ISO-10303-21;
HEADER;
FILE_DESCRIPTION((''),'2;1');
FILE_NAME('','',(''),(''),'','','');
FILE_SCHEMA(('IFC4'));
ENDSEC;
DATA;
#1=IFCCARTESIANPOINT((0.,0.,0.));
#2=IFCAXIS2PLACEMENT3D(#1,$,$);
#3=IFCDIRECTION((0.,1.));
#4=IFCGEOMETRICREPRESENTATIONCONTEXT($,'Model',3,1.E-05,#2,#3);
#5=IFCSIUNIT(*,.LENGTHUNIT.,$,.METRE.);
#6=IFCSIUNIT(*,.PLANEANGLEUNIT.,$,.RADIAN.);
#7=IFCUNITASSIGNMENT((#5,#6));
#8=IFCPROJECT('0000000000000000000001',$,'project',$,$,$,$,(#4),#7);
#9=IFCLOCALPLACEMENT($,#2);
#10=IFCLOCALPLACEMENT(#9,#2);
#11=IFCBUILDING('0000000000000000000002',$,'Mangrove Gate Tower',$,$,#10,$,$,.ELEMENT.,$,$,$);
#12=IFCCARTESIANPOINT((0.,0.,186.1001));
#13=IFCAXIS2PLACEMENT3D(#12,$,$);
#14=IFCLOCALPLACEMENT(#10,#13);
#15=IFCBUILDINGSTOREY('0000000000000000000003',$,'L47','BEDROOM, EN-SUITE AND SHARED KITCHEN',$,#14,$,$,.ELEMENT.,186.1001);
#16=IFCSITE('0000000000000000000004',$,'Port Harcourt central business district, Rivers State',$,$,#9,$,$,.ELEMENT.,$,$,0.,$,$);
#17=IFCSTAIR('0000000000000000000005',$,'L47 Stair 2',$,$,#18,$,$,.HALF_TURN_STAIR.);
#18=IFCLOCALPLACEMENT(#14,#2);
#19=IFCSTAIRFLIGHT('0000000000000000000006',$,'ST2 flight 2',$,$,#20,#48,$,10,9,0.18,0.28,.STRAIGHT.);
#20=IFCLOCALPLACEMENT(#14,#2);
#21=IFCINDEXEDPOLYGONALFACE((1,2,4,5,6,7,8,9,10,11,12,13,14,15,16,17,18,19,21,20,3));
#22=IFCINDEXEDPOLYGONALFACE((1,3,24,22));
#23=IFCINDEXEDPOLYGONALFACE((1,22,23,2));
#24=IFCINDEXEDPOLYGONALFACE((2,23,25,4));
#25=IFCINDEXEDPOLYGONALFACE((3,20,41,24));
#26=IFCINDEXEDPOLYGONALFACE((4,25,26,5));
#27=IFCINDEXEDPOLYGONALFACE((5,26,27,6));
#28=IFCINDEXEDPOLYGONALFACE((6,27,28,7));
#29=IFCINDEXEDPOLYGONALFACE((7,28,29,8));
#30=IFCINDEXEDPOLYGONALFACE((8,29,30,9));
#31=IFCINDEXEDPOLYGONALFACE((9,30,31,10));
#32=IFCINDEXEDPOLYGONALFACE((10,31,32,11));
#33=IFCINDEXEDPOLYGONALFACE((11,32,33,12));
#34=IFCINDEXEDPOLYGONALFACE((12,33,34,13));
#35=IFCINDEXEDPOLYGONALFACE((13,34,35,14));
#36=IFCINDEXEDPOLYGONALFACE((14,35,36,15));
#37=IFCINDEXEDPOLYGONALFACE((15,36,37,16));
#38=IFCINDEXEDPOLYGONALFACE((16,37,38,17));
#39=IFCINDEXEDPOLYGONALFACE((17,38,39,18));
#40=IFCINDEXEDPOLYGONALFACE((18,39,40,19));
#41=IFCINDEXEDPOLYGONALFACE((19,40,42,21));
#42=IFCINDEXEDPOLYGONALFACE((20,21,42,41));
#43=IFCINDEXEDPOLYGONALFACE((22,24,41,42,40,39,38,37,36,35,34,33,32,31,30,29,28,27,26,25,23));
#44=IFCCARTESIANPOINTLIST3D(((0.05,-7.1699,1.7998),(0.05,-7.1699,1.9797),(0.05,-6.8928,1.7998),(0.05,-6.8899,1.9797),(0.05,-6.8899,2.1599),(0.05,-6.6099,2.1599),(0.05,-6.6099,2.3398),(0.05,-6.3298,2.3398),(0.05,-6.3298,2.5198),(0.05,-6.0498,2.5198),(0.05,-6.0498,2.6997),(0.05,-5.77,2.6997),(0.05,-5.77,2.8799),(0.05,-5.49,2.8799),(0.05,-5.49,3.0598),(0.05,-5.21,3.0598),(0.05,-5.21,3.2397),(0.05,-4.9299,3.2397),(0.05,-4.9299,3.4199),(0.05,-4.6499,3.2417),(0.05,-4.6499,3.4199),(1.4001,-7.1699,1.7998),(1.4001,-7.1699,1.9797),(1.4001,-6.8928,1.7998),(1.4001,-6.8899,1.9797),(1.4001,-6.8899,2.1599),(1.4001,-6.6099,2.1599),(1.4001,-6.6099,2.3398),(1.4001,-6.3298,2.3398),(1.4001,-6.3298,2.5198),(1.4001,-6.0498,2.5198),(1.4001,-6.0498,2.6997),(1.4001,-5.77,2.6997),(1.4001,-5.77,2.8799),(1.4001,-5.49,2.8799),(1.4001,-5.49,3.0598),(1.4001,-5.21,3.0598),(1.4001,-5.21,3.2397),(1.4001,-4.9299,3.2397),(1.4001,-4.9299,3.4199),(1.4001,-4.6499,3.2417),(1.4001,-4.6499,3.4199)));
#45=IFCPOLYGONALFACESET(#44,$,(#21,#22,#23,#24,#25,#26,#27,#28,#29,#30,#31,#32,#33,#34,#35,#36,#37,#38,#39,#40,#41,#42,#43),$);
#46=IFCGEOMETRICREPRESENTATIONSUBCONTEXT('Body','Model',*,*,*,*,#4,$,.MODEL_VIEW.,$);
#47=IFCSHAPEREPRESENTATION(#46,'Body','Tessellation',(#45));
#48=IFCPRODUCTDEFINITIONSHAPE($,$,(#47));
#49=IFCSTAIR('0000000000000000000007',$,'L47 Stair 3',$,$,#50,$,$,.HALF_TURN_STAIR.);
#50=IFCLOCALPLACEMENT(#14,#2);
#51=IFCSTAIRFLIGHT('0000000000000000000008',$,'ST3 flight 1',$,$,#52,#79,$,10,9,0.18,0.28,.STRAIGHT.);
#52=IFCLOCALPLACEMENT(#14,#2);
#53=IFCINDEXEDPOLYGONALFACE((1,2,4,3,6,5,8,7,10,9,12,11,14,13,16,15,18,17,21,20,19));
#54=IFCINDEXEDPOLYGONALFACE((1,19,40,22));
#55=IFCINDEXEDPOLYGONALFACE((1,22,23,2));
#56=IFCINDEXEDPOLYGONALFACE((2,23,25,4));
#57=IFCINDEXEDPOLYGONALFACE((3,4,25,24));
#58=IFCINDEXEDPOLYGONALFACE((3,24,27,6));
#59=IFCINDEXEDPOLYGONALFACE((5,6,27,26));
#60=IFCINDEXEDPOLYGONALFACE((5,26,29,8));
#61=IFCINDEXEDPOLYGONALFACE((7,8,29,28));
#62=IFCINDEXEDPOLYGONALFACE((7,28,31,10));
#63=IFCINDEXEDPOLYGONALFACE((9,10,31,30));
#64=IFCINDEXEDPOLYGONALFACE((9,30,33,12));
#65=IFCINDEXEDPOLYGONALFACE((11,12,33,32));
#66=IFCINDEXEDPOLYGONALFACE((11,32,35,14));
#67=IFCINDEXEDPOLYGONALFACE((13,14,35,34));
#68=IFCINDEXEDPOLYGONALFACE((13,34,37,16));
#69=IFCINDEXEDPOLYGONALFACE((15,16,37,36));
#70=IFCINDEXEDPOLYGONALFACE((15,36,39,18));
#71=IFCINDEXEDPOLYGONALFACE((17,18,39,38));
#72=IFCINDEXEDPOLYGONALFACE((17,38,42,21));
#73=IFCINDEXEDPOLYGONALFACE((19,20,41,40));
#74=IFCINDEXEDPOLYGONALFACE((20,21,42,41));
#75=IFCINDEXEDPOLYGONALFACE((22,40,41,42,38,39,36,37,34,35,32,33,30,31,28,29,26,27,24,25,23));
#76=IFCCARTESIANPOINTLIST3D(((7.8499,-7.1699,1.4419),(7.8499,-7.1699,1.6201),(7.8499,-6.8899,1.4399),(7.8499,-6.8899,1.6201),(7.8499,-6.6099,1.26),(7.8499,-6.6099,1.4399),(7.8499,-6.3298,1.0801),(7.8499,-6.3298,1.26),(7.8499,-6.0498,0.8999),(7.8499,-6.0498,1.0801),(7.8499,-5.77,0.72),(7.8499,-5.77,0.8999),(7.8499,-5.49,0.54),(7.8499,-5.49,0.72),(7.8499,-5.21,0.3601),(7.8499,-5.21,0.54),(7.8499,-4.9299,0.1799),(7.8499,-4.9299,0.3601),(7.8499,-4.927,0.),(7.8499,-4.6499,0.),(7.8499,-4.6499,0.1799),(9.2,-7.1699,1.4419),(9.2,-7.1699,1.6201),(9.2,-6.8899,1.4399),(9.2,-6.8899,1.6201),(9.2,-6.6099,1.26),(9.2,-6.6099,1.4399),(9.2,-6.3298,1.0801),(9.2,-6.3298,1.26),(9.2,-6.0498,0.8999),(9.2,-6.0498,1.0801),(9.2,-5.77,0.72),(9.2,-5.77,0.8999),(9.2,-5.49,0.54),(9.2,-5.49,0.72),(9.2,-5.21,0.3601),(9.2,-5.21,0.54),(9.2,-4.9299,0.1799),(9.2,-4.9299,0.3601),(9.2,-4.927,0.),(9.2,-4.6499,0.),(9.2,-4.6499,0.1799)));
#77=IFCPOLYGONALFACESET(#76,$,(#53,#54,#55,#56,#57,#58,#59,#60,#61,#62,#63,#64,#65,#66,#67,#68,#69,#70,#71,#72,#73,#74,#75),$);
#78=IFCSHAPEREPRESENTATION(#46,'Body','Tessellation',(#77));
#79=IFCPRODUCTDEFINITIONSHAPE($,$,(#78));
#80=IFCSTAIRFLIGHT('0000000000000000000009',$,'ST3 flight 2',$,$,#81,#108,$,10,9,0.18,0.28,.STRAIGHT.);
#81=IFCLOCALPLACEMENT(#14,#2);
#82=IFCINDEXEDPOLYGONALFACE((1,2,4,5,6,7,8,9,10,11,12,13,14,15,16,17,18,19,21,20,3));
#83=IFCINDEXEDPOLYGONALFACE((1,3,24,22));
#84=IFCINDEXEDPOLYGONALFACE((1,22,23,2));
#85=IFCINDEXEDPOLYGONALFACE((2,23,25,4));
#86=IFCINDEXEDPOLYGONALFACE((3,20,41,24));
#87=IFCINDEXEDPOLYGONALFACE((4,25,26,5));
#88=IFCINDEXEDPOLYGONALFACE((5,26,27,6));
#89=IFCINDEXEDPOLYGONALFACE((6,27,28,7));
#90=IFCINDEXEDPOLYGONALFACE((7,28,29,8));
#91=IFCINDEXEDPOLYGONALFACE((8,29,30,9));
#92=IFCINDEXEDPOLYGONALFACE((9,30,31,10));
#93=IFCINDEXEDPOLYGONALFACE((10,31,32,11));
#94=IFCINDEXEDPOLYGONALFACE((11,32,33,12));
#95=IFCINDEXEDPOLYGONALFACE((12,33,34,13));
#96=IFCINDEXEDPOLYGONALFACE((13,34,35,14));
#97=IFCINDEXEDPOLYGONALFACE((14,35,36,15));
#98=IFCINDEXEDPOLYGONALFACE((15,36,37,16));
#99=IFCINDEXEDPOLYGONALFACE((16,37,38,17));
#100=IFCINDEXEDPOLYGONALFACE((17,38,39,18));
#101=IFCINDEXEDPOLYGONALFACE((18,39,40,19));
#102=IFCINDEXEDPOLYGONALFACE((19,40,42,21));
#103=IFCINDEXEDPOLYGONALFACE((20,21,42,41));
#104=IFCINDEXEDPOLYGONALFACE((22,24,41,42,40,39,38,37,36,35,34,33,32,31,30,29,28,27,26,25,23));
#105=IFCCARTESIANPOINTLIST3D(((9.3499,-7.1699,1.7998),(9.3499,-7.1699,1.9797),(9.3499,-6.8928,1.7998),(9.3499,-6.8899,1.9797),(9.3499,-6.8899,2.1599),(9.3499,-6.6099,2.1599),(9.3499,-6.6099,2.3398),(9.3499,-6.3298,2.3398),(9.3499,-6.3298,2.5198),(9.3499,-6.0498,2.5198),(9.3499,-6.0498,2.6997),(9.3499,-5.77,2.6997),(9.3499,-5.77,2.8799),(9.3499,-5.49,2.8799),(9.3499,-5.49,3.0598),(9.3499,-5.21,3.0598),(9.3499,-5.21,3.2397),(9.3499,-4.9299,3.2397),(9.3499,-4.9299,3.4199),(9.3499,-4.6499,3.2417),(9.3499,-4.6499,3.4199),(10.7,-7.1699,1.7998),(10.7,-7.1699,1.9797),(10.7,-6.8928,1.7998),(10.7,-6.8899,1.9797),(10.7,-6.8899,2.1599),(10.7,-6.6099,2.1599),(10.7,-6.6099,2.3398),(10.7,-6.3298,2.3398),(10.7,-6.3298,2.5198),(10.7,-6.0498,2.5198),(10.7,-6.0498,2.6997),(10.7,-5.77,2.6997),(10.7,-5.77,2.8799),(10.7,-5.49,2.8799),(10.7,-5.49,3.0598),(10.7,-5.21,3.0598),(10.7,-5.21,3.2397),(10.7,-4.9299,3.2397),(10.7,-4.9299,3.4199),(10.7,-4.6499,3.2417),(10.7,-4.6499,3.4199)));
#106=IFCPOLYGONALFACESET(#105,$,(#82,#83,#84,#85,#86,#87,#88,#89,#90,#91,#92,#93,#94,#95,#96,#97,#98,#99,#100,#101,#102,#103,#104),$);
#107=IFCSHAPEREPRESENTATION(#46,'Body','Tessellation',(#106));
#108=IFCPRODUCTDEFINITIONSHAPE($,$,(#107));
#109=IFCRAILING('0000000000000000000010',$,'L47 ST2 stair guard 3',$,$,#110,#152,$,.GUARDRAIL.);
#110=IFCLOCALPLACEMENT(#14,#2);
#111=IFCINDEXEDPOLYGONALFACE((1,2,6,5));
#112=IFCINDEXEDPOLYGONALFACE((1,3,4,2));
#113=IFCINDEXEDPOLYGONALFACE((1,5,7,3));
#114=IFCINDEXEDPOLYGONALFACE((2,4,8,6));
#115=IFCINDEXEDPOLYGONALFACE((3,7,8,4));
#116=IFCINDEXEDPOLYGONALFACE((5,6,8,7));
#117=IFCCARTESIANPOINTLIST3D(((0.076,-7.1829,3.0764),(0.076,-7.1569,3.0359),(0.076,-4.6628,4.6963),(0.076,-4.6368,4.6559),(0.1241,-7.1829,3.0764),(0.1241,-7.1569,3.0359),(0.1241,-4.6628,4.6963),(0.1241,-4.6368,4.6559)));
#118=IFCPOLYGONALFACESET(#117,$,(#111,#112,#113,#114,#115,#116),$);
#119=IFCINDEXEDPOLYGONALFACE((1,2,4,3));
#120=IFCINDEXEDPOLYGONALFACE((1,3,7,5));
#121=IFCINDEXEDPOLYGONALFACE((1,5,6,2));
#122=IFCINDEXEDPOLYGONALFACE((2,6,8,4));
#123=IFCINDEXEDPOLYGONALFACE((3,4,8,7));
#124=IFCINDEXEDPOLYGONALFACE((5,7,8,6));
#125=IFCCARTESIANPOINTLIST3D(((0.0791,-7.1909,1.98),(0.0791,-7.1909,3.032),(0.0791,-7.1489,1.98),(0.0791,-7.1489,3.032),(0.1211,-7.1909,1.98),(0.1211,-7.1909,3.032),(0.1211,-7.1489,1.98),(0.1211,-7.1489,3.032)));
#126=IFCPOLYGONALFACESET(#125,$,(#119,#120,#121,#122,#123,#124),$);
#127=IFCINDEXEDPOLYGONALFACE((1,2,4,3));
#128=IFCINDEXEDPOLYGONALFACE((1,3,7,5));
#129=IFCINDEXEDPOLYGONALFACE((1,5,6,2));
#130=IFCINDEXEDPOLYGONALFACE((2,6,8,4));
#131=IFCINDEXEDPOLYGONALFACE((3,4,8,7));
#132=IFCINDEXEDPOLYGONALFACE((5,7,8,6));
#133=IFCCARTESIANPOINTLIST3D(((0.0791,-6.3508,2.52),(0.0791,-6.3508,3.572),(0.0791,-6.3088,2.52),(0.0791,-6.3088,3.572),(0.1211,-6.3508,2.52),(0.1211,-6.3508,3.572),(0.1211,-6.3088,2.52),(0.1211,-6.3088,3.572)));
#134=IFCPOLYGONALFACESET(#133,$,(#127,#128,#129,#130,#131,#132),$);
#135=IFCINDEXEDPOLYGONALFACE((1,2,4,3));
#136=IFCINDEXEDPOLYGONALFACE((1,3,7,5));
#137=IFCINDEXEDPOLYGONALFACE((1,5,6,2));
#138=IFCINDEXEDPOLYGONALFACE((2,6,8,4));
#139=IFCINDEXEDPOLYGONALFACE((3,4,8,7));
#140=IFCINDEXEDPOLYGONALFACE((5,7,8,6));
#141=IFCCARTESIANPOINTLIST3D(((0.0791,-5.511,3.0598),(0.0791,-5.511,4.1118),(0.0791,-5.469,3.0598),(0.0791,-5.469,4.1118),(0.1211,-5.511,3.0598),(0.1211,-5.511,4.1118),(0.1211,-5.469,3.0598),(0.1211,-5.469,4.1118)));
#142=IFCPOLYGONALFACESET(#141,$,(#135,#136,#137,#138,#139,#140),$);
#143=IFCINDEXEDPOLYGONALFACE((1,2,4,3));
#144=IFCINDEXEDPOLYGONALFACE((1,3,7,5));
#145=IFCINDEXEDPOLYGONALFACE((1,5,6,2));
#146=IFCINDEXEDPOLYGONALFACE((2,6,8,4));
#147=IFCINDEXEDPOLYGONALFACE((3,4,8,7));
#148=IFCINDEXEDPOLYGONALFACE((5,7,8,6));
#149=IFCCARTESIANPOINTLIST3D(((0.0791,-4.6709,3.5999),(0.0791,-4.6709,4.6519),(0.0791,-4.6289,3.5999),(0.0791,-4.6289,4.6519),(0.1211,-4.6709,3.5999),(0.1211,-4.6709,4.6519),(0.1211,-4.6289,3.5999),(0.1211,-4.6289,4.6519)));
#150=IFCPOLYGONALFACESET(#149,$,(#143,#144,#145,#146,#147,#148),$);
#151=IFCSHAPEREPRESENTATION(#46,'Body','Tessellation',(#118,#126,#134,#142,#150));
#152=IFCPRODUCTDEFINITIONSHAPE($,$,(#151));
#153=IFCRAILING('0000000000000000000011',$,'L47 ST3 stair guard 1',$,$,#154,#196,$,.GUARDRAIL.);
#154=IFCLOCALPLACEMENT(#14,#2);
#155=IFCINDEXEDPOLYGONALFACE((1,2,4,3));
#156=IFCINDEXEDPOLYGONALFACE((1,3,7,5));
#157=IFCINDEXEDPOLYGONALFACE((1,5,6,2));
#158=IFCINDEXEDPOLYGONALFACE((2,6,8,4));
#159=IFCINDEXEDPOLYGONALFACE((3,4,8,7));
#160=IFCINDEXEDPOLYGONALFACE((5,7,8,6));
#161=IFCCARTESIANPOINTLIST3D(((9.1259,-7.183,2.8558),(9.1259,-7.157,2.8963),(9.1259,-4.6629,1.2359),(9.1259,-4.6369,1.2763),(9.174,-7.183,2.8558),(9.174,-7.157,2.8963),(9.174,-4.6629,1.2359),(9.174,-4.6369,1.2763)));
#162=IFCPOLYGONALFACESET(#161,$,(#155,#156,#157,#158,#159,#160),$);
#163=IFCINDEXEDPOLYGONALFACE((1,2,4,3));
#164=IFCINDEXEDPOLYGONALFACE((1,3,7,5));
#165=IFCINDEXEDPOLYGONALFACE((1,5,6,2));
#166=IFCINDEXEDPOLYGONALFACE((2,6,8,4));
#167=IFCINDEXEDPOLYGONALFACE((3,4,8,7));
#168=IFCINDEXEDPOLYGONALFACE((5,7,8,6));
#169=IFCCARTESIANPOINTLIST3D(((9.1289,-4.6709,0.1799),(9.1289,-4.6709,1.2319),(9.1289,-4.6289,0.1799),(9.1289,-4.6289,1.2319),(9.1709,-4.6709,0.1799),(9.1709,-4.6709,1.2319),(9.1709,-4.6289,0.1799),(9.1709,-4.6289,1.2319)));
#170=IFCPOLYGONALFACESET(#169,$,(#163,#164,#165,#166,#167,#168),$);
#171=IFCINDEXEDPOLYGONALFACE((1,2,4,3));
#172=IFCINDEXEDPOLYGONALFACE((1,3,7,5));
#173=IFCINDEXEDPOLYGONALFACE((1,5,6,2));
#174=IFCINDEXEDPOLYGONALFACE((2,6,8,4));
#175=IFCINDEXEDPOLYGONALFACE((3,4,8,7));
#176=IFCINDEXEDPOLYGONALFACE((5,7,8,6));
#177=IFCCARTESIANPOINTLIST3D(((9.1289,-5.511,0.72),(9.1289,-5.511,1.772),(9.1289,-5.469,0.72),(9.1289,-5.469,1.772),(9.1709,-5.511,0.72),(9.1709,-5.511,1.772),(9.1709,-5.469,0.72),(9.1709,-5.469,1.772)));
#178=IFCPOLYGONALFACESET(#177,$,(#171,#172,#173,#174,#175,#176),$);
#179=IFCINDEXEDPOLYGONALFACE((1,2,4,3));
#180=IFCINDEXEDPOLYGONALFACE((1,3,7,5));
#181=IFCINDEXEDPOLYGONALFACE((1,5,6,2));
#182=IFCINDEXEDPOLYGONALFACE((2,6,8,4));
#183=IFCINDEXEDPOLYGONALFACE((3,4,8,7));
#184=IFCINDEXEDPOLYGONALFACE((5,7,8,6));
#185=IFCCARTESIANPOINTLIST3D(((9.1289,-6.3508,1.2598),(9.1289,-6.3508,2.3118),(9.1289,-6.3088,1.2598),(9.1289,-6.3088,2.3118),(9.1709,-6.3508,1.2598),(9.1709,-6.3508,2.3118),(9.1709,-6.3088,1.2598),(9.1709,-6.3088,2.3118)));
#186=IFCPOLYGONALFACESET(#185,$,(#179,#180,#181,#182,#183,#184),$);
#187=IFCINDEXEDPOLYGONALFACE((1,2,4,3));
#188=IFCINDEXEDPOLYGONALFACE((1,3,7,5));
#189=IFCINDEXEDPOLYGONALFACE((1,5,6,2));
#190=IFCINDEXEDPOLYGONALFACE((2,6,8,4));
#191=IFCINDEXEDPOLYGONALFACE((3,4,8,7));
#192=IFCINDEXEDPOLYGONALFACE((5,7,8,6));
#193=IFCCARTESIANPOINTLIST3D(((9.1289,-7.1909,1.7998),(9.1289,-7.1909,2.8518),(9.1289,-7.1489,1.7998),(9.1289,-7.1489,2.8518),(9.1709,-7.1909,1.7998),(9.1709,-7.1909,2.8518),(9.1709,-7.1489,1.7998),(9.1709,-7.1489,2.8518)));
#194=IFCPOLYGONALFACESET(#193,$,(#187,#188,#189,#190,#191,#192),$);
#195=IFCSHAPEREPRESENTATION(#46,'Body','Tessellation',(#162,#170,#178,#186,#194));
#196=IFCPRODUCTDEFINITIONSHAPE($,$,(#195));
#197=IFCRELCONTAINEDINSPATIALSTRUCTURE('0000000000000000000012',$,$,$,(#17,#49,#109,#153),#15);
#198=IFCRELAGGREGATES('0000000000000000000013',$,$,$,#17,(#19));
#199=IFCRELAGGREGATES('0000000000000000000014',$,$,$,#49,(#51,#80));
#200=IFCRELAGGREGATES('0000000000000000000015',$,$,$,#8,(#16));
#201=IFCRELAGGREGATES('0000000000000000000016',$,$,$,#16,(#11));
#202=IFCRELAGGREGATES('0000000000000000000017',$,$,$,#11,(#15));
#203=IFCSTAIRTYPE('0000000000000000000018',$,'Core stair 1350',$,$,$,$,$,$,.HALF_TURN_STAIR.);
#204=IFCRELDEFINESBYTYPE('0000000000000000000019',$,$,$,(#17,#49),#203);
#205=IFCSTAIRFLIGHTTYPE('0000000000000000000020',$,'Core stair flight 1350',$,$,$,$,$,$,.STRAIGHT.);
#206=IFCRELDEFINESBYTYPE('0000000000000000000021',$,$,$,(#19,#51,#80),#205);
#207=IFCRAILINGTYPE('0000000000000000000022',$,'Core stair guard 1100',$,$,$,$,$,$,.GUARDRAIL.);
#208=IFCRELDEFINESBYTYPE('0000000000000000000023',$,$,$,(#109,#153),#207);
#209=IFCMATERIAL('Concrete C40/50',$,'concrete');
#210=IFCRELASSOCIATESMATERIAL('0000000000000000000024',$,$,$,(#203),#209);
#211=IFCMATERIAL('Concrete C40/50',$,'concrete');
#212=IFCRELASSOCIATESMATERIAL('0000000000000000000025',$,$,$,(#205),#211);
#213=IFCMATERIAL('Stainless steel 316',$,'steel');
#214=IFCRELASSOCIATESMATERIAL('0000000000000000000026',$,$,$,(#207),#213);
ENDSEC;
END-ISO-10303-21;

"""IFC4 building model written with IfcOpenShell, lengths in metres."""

from ifc_helpers import new_model, si_unit, direction, frame, origin, origin_2d, place, context, subcontext, project, spatial, polyline, rectangle, outline, extrude, material, type_object, element, aggregate, save


model = new_model("IFC4")

# Units and contexts
model_context = context("Model", 3, precision=1e-05, world=origin(), true_north=direction((0.0, 1.0)))
body_context = subcontext(model_context, "Body", "Model", "MODEL_VIEW")
ifc_project = project(units=[si_unit("LENGTHUNIT", "METRE"), si_unit("PLANEANGLEUNIT", "RADIAN")], contexts=[model_context])

# Site, building, storey
site_placement = place(None, origin())
site = spatial("IfcSite", under=ifc_project, at=site_placement, Name="Port Harcourt central business district, Rivers State", CompositionType="ELEMENT", RefElevation=0.0)
building_placement = place(site_placement, origin())
building = spatial("IfcBuilding", under=site, at=building_placement, Name="Mangrove Gate Tower", CompositionType="ELEMENT")
storey_placement = place(building_placement, frame((0.0, 0.0, 186.1001)))
storey = spatial("IfcBuildingStorey", under=building, at=storey_placement, Name="L47", Description="BEDROOM, EN-SUITE AND SHARED KITCHEN", CompositionType="ELEMENT", Elevation=186.1001)

# Stair, stair flight
ifc_material_1 = material(Name="Concrete C40/50", Category="concrete")
stair_type = type_object("IfcStairType", Name="Core stair 1350", PredefinedType="HALF_TURN_STAIR", material=ifc_material_1)
stair_1_placement = place(storey_placement, origin())
stair_1 = element("IfcStair", 1, at=stair_1_placement, inside=storey, type_object=stair_type, Name="L47 Stair 2", PredefinedType="HALF_TURN_STAIR")
ifc_material_2 = material(Name="Concrete C40/50", Category="concrete")
stair_flight_type = type_object("IfcStairFlightType", Name="Core stair flight 1350", PredefinedType="STRAIGHT", material=ifc_material_2)
stair_flight_1_placement = place(storey_placement, frame((0.7251, -7.1699, 1.7998), z_axis=(0.0, 0.0, 1.0), x_axis=(0.0, 1.0, 0.0)))
stair_flight_1 = element("IfcStairFlight", 2, at=stair_flight_1_placement, type_object=stair_flight_type, Name="ST2 flight 2", NumberOfRisers=10, NumberOfTreads=9, PredefinedType="STRAIGHT", RiserHeight=0.18, TreadLength=0.28, context=body_context, shape_type="SweptSolid", body=[
    extrude(outline(polyline([(0.0, 0.0), (0.0, 0.1799), (0.28, 0.1799), (0.28, 0.3601), (0.5601, 0.3601), (0.5601, 0.54), (0.8401, 0.54), (0.8401, 0.72), (1.1201, 0.72), (1.1201, 0.8999), (1.3999, 0.8999), (1.3999, 1.0801), (1.6799, 1.0801), (1.6799, 1.26), (1.96, 1.26), (1.96, 1.4399), (2.24, 1.4399), (2.24, 1.6201), (2.52, 1.6201), (2.52, 1.8), (2.52, 1.4419), (0.2771, 0.0), (0.0, 0.0)])), frame((0.0, 0.675, 0.0), z_axis=(0.0, -1.0, 0.0), x_axis=(1.0, 0.0, 0.0)), (0.0, 0.0, 1.0), 1.3501),
])
aggregate(stair_1, [stair_flight_1])

# Stair, stair flights
stair_2_placement = place(storey_placement, origin())
stair_2 = element("IfcStair", 3, at=stair_2_placement, inside=storey, type_object=stair_type, Name="L47 Stair 3", PredefinedType="HALF_TURN_STAIR")
stair_flight_2_placement = place(storey_placement, frame((8.5249, -4.6499, 0.0), z_axis=(0.0, 0.0, 1.0), x_axis=(0.0, -1.0, 0.0)))
stair_flight_2 = element("IfcStairFlight", 4, at=stair_flight_2_placement, type_object=stair_flight_type, Name="ST3 flight 1", NumberOfRisers=10, NumberOfTreads=9, PredefinedType="STRAIGHT", RiserHeight=0.18, TreadLength=0.28, context=body_context, shape_type="SweptSolid", body=[
    extrude(outline(polyline([(0.0, 0.0), (0.0, 0.1799), (0.28, 0.1799), (0.28, 0.3601), (0.5601, 0.3601), (0.5601, 0.54), (0.8401, 0.54), (0.8401, 0.72), (1.1201, 0.72), (1.1201, 0.8999), (1.3999, 0.8999), (1.3999, 1.0801), (1.6799, 1.0801), (1.6799, 1.26), (1.96, 1.26), (1.96, 1.4399), (2.24, 1.4399), (2.24, 1.6201), (2.52, 1.6201), (2.52, 1.8), (2.52, 1.4419), (0.2771, 0.0), (0.0, 0.0)])), frame((0.0, 0.675, 0.0), z_axis=(0.0, -1.0, 0.0), x_axis=(1.0, 0.0, 0.0)), (0.0, 0.0, 1.0), 1.3501),
])
stair_flight_3_placement = place(storey_placement, frame((10.0249, -7.1699, 1.7998), z_axis=(0.0, 0.0, 1.0), x_axis=(0.0, 1.0, 0.0)))
stair_flight_3 = element("IfcStairFlight", 5, at=stair_flight_3_placement, type_object=stair_flight_type, Name="ST3 flight 2", NumberOfRisers=10, NumberOfTreads=9, PredefinedType="STRAIGHT", RiserHeight=0.18, TreadLength=0.28, context=body_context, shape_type="SweptSolid", body=[
    extrude(outline(polyline([(0.0, 0.0), (0.0, 0.1799), (0.28, 0.1799), (0.28, 0.3601), (0.5601, 0.3601), (0.5601, 0.54), (0.8401, 0.54), (0.8401, 0.72), (1.1201, 0.72), (1.1201, 0.8999), (1.3999, 0.8999), (1.3999, 1.0801), (1.6799, 1.0801), (1.6799, 1.26), (1.96, 1.26), (1.96, 1.4399), (2.24, 1.4399), (2.24, 1.6201), (2.52, 1.6201), (2.52, 1.8), (2.52, 1.4419), (0.2771, 0.0), (0.0, 0.0)])), frame((0.0, 0.675, 0.0), z_axis=(0.0, -1.0, 0.0), x_axis=(1.0, 0.0, 0.0)), (0.0, 0.0, 1.0), 1.3501),
])
aggregate(stair_2, [stair_flight_2, stair_flight_3])

# Railings
ifc_material_3 = material(Name="Stainless steel 316", Category="steel")
railing_type_1 = type_object("IfcRailingType", Name="Core stair guard 1100", PredefinedType="GUARDRAIL", material=ifc_material_3)
railing_1_placement = place(storey_placement, frame((0.1001, -7.1699, 1.98)))
element("IfcRailing", 6, at=railing_1_placement, inside=storey, type_object=railing_type_1, Name="L47 ST2 stair guard 3", PredefinedType="GUARDRAIL", context=body_context, shape_type="SweptSolid", body=[
    extrude(rectangle(XDim=0.0481, YDim=0.0481, at=origin_2d()), frame((0.0, 0.0, 1.0762), z_axis=(0.0, 0.8412, 0.540725), x_axis=(-1.0, 0.0, 0.0)), (0.0, 0.0, 1.0), 2.9958),
    extrude(rectangle(XDim=0.042, YDim=0.042, at=origin_2d()), origin(), (0.0, 0.0, 1.0), 1.052),
    extrude(rectangle(XDim=0.042, YDim=0.042, at=origin_2d()), frame((0.0, 0.8401, 0.54)), (0.0, 0.0, 1.0), 1.052),
    extrude(rectangle(XDim=0.042, YDim=0.042, at=origin_2d()), frame((0.0, 1.6799, 1.0798)), (0.0, 0.0, 1.0), 1.052),
    extrude(rectangle(XDim=0.042, YDim=0.042, at=origin_2d()), frame((0.0, 2.52, 1.6199)), (0.0, 0.0, 1.0), 1.052),
])
railing_2_placement = place(storey_placement, frame((9.1499, -4.6499, 0.1799)))
element("IfcRailing", 7, at=railing_2_placement, inside=storey, type_object=railing_type_1, Name="L47 ST3 stair guard 1", PredefinedType="GUARDRAIL", context=body_context, shape_type="SweptSolid", body=[
    extrude(rectangle(XDim=0.0481, YDim=0.0481, at=origin_2d()), frame((0.0, 0.0, 1.0762), z_axis=(0.0, -0.8412, 0.540725), x_axis=(1.0, 0.0, 0.0)), (0.0, 0.0, 1.0), 2.9958),
    extrude(rectangle(XDim=0.042, YDim=0.042, at=origin_2d()), origin(), (0.0, 0.0, 1.0), 1.052),
    extrude(rectangle(XDim=0.042, YDim=0.042, at=origin_2d()), frame((0.0, -0.8401, 0.54)), (0.0, 0.0, 1.0), 1.052),
    extrude(rectangle(XDim=0.042, YDim=0.042, at=origin_2d()), frame((0.0, -1.6799, 1.0798)), (0.0, 0.0, 1.0), 1.052),
    extrude(rectangle(XDim=0.042, YDim=0.042, at=origin_2d()), frame((0.0, -2.52, 1.6199)), (0.0, 0.0, 1.0), 1.052),
])

save(model, "model.ifc")
